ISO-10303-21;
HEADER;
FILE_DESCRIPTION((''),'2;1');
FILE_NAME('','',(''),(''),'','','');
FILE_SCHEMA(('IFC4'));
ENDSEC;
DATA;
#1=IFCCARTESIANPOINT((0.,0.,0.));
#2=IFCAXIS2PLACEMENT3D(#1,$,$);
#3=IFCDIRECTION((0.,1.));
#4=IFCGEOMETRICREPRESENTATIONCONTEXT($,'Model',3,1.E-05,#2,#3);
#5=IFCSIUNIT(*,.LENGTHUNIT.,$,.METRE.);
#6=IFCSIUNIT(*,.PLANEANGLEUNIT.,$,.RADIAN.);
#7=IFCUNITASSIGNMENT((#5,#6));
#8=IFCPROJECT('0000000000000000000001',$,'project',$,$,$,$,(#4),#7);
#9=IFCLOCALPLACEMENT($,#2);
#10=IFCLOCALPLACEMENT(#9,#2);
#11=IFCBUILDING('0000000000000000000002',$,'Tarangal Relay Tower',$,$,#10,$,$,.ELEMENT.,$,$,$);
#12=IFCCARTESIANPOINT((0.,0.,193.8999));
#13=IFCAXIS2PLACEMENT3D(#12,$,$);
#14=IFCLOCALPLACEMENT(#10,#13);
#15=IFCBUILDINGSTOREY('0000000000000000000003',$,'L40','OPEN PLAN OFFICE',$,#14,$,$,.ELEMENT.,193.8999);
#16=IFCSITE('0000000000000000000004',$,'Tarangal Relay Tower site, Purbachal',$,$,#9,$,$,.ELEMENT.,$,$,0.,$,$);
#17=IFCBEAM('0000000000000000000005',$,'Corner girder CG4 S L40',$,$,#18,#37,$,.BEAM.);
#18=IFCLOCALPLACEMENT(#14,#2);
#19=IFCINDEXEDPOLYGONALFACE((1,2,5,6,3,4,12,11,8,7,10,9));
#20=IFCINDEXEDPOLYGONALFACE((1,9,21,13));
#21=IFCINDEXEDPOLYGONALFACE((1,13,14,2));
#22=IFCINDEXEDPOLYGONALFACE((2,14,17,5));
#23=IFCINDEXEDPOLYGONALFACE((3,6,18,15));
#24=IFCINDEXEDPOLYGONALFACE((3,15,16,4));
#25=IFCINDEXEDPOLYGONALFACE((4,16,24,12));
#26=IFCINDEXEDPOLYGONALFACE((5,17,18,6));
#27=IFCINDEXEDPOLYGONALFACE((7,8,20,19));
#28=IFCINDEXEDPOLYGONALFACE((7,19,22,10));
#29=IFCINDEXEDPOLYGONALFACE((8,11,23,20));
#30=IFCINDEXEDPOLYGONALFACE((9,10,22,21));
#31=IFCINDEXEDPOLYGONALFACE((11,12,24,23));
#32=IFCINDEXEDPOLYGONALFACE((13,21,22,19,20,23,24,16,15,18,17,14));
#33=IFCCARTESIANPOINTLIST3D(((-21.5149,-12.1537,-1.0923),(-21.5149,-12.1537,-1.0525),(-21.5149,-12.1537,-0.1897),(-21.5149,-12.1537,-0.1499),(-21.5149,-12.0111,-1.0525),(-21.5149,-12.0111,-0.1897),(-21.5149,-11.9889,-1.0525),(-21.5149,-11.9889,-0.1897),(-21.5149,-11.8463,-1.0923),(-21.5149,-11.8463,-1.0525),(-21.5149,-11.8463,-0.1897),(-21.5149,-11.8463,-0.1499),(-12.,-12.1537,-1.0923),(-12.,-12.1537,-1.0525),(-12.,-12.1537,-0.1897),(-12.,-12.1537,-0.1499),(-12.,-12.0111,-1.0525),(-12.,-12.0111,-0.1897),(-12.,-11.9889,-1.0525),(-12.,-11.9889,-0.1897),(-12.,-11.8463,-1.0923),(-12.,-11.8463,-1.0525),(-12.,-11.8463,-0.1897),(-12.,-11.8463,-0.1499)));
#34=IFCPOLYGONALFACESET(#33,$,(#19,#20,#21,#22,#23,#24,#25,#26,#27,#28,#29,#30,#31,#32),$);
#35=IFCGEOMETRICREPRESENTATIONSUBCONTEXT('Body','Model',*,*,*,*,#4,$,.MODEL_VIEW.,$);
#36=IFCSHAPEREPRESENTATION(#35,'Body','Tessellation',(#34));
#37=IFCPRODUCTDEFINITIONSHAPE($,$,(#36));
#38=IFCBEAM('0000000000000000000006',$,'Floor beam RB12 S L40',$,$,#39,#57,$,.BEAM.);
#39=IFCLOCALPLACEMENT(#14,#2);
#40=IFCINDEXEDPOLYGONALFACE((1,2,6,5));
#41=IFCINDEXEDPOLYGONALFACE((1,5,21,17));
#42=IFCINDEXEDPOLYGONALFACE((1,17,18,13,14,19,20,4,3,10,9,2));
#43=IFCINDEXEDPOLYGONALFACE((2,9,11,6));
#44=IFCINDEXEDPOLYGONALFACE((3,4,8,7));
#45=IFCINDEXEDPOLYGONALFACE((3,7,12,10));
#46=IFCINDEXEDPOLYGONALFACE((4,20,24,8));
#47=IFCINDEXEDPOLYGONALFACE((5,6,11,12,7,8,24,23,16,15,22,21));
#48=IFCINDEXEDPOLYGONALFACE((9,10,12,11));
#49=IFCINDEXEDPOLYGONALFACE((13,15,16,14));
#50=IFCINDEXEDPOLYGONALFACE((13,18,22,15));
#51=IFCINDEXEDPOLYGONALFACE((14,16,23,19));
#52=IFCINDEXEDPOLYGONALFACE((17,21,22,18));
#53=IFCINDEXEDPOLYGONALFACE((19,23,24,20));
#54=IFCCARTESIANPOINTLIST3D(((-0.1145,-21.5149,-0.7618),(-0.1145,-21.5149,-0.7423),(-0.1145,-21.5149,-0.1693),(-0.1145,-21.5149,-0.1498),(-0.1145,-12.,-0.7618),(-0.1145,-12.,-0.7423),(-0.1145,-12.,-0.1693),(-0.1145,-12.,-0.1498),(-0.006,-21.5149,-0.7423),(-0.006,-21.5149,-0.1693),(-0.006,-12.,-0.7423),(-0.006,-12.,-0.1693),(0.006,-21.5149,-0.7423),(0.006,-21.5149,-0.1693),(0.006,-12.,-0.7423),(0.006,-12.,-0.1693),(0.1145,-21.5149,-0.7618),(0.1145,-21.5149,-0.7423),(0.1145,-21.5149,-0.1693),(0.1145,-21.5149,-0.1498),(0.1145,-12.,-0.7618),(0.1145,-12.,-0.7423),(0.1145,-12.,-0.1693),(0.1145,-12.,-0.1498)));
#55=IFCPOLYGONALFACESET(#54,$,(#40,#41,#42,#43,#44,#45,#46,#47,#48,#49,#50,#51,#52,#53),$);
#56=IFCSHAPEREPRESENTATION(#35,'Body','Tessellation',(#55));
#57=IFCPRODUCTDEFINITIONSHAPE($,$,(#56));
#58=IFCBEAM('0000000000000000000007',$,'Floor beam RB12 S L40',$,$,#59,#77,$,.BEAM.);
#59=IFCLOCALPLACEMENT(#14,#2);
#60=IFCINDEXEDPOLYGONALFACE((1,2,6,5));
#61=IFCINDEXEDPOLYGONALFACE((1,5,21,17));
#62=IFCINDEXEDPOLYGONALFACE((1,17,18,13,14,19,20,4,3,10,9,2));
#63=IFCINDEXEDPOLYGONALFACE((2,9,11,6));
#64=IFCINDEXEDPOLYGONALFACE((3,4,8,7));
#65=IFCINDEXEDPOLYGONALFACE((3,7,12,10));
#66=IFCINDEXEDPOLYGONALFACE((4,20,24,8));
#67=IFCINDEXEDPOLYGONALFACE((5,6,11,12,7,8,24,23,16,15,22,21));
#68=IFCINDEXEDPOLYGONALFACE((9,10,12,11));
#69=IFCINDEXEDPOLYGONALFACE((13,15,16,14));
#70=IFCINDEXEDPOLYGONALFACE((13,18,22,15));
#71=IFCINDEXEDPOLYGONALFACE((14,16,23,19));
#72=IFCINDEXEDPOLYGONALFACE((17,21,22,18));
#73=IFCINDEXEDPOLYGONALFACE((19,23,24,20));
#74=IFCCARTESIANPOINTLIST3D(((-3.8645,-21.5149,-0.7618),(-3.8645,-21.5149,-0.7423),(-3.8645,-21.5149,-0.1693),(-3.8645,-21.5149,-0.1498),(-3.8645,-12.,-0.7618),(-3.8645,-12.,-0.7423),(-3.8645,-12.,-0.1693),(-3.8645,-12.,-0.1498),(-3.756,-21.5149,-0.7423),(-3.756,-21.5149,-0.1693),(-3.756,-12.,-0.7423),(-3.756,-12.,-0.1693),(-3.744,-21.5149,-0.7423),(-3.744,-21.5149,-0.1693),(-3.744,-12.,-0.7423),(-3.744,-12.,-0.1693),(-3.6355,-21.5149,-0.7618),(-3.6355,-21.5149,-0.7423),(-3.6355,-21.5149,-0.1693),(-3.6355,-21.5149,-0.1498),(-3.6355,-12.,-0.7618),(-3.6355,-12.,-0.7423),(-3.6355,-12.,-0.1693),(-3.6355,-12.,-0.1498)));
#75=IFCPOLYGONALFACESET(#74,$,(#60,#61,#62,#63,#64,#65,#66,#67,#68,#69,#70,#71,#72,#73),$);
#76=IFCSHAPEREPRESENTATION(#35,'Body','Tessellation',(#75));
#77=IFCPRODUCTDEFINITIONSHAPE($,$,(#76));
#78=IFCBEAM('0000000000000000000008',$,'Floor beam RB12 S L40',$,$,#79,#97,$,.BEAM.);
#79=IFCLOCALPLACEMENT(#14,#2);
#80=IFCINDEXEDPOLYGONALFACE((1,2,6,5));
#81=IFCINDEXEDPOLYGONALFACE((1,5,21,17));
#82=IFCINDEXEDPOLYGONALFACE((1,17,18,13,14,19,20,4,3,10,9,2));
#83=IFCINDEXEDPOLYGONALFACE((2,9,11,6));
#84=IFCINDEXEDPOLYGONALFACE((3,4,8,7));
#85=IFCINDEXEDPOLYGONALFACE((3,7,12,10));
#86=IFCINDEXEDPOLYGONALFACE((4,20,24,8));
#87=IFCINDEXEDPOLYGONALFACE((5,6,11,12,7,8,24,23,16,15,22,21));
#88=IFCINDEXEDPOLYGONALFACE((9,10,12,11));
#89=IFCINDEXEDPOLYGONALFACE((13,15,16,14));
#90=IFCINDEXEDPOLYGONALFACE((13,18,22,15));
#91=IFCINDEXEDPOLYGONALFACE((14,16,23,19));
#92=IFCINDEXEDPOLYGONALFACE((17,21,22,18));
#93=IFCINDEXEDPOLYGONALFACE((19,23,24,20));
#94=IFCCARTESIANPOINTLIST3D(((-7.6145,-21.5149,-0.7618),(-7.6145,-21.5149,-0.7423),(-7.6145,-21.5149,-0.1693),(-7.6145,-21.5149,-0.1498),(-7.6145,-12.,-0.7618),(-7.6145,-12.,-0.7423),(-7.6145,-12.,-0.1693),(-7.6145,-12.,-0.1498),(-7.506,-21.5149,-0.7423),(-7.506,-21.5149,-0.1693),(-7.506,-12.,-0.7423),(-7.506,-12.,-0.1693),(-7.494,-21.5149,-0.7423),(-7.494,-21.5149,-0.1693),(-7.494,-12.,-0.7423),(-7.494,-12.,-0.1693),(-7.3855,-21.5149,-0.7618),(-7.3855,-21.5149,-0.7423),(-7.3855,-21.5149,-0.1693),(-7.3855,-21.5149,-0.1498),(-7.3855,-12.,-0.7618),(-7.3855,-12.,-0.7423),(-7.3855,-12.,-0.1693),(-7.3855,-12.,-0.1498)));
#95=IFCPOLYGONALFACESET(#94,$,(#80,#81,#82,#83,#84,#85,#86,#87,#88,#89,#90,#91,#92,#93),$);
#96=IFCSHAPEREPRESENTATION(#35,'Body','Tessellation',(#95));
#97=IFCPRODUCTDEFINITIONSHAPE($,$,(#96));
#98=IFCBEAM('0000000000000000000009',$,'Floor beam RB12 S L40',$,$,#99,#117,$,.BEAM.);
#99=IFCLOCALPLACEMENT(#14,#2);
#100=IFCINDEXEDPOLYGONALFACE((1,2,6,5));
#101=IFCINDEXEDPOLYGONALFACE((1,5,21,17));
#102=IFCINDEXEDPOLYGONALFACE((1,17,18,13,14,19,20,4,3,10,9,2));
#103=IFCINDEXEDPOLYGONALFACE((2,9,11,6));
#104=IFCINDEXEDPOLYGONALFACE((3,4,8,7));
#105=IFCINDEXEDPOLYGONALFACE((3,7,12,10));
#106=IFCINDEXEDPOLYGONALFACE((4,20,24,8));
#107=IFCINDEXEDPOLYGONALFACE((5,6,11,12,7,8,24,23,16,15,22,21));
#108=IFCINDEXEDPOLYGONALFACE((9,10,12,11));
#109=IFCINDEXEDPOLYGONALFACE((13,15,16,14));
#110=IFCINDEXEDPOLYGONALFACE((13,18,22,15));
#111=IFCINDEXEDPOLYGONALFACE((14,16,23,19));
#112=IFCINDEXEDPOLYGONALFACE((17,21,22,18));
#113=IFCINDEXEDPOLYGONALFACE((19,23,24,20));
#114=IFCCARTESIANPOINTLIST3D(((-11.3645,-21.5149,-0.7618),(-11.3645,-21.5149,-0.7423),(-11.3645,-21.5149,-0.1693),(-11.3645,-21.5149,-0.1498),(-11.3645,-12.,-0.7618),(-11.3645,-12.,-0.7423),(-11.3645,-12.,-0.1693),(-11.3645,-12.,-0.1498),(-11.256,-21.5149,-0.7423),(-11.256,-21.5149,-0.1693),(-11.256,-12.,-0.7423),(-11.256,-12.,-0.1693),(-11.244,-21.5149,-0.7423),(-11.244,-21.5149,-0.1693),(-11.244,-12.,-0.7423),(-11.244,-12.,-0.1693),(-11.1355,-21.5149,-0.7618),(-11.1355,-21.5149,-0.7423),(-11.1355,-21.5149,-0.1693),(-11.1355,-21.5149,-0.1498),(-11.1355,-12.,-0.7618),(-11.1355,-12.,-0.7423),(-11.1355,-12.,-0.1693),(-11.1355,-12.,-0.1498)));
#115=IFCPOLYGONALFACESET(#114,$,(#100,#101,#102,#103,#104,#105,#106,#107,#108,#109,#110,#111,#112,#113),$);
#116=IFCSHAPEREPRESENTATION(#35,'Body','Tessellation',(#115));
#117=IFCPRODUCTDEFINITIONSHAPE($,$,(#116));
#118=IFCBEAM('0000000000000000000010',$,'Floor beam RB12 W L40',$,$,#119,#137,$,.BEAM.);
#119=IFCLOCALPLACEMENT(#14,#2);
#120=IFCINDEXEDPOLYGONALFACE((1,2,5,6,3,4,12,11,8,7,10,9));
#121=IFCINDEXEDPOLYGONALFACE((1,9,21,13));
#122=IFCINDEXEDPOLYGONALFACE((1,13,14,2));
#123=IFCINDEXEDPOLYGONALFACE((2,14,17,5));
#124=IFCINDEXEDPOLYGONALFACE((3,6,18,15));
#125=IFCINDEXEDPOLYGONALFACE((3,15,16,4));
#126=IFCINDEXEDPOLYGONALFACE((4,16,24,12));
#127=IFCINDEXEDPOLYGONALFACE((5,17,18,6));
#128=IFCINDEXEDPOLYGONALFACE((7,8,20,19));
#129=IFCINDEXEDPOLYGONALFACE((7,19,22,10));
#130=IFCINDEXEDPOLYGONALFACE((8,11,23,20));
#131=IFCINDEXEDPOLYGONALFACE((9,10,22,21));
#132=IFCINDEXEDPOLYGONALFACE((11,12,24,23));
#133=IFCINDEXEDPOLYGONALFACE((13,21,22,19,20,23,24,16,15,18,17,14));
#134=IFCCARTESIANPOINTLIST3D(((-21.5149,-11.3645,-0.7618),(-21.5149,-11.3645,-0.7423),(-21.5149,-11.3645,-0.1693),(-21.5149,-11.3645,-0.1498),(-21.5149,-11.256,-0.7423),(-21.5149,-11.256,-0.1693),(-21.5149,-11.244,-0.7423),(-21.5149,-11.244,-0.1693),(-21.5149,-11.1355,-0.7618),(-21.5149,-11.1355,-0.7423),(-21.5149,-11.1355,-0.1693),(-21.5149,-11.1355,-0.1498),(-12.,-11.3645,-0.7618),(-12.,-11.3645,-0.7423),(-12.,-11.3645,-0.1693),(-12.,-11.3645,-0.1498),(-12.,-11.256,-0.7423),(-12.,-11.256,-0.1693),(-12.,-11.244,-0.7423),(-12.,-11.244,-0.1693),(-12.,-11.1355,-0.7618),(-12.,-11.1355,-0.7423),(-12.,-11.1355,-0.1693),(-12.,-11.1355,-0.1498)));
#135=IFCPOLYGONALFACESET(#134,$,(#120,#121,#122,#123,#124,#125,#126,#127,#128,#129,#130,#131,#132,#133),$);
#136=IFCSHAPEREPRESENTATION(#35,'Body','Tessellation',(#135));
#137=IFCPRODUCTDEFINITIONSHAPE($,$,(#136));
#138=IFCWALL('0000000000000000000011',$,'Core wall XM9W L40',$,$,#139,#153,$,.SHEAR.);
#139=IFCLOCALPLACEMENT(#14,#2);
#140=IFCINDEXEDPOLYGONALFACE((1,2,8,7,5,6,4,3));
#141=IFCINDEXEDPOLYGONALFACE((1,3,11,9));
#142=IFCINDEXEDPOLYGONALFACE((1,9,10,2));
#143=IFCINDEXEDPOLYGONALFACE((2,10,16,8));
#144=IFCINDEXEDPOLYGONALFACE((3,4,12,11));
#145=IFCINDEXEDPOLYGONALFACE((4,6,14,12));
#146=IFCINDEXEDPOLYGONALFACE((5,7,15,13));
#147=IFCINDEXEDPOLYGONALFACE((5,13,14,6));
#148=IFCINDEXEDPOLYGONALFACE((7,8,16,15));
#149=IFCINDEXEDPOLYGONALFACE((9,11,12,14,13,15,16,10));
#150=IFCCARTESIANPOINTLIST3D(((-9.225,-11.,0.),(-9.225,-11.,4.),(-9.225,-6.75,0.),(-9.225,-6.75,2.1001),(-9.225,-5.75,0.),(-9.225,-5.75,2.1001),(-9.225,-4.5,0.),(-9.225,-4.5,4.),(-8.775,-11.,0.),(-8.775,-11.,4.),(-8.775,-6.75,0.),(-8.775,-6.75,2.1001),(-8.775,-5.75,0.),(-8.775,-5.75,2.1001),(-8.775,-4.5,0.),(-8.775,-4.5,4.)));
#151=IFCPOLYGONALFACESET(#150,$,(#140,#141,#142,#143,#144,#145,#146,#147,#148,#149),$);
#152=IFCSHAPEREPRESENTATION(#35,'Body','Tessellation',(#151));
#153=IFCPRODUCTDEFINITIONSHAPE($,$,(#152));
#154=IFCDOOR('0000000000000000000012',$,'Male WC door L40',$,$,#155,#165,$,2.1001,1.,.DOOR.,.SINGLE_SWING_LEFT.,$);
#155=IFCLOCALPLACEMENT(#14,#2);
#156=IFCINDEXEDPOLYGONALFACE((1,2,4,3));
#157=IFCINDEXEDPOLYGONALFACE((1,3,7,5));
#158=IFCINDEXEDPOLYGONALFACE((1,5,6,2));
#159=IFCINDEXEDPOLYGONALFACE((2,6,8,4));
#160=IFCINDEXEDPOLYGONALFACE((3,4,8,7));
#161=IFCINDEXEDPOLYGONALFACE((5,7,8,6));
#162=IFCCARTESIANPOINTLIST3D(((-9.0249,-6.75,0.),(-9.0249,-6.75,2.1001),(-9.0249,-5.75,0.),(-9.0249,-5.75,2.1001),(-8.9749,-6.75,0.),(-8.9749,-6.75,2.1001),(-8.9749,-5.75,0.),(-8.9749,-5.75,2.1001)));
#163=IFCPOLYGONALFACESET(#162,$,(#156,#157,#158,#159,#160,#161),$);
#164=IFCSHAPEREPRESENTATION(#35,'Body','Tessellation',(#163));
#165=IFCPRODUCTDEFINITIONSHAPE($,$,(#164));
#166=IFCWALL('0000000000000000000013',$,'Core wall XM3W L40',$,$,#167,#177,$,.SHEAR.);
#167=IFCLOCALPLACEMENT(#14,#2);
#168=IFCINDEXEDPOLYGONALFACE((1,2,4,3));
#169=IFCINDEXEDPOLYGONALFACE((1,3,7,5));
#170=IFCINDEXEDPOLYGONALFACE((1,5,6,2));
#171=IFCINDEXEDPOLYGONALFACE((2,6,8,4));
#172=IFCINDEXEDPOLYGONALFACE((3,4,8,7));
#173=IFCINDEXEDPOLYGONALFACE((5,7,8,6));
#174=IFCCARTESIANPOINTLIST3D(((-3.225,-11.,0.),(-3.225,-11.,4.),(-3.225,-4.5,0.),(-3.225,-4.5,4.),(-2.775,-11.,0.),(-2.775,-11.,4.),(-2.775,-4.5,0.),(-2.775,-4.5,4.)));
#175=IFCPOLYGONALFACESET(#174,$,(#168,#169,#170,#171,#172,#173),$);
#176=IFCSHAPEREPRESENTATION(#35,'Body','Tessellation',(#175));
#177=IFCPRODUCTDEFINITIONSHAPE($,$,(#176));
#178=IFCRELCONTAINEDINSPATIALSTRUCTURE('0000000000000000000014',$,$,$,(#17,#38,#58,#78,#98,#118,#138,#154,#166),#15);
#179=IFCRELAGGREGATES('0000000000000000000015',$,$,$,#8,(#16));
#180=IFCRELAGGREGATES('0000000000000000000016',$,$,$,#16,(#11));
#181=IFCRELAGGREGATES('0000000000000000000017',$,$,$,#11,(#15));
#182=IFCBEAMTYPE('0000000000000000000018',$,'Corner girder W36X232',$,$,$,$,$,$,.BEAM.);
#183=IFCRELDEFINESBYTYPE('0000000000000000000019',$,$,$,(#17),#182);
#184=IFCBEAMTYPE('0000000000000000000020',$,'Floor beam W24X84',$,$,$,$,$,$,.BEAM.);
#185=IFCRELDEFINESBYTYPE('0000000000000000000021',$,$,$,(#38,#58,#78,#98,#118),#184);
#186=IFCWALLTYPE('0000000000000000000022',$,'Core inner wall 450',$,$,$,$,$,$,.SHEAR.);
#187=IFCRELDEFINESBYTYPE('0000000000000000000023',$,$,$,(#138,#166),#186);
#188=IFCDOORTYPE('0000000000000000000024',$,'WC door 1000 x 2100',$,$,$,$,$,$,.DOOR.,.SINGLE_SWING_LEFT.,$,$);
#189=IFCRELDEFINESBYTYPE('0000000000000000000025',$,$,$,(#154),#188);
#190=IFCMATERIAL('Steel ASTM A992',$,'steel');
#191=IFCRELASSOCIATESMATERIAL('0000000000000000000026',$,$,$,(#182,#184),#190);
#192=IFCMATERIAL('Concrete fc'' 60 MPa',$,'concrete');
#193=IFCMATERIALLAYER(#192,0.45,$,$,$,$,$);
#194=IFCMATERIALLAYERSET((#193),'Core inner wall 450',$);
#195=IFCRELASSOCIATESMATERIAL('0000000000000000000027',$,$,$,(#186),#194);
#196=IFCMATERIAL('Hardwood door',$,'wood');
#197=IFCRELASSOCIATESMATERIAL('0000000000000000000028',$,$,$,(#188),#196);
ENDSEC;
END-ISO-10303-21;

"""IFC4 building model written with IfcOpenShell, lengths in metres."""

from ifc_helpers import new_model, si_unit, direction, frame, frame_2d, origin, origin_2d, place, context, subcontext, project, spatial, rectangle, i_section, extrude, material, layer, layer_set, material_profile, profile_set, type_object, element, fill, save


model = new_model("IFC4")

# Units and contexts
model_context = context("Model", 3, precision=1e-05, world=origin(), true_north=direction((0.0, 1.0)))
body_context = subcontext(model_context, "Body", "Model", "MODEL_VIEW")
ifc_project = project(units=[si_unit("LENGTHUNIT", "METRE"), si_unit("PLANEANGLEUNIT", "RADIAN")], contexts=[model_context])

# Site, building, storey
site_placement = place(None, origin())
site = spatial("IfcSite", under=ifc_project, at=site_placement, Name="Tarangal Relay Tower site, Purbachal", CompositionType="ELEMENT", RefElevation=0.0)
building_placement = place(site_placement, origin())
building = spatial("IfcBuilding", under=site, at=building_placement, Name="Tarangal Relay Tower", CompositionType="ELEMENT")
storey_placement = place(building_placement, frame((0.0, 0.0, 193.8999)))
storey = spatial("IfcBuildingStorey", under=building, at=storey_placement, Name="L40", Description="OPEN PLAN OFFICE", CompositionType="ELEMENT", Elevation=193.8999)

# Beams
ifc_material_1 = material(Name="Steel ASTM A992", Category="steel")
ifc_material_profile_1 = material_profile(ifc_material_1, i_section(OverallWidth=0.3074, OverallDepth=0.9424, WebThickness=0.0222, FlangeThickness=0.0398, at=origin_2d()), Name="W36X232")
ifc_profile_set_1 = profile_set([ifc_material_profile_1], Name="Steel ASTM A992")
beam_type_1 = type_object("IfcBeamType", Name="Corner girder W36X232", PredefinedType="BEAM", material=ifc_profile_set_1)
beam_placement = place(storey_placement, frame((-12.0, -12.0, -0.6211), z_axis=(-1.0, 0.0, 0.0), x_axis=(0.0, -1.0, 0.0)))
element("IfcBeam", 1, at=beam_placement, inside=storey, type_object=beam_type_1, Name="Corner girder CG4 S L40", PredefinedType="BEAM", context=body_context, shape_type="SweptSolid", body=[
    extrude(i_section(OverallWidth=0.3074, OverallDepth=0.9424, WebThickness=0.0222, FlangeThickness=0.0398, at=origin_2d()), origin(), (0.0, 0.0, 1.0), 9.5149),
])
ifc_material_profile_2 = material_profile(ifc_material_1, i_section(OverallWidth=0.229, OverallDepth=0.6121, WebThickness=0.012, FlangeThickness=0.0195, at=origin_2d()), Name="W24X84")
ifc_profile_set_2 = profile_set([ifc_material_profile_2], Name="Steel ASTM A992")
beam_type_2 = type_object("IfcBeamType", Name="Floor beam W24X84", PredefinedType="BEAM", material=ifc_profile_set_2)
for number, where, z_axis, x_axis, name in (
    (2, (0.0, -12.0, -0.4558), (0.0, -1.0, 0.0), (1.0, 0.0, 0.0), "Floor beam RB12 S L40"),
    (3, (-3.75, -12.0, -0.4558), (0.0, -1.0, 0.0), (1.0, 0.0, 0.0), "Floor beam RB12 S L40"),
    (4, (-7.5, -12.0, -0.4558), (0.0, -1.0, 0.0), (1.0, 0.0, 0.0), "Floor beam RB12 S L40"),
    (5, (-11.25, -12.0, -0.4558), (0.0, -1.0, 0.0), (1.0, 0.0, 0.0), "Floor beam RB12 S L40"),
    (6, (-12.0, -11.25, -0.4558), (-1.0, 0.0, 0.0), (0.0, -1.0, 0.0), "Floor beam RB12 W L40"),
):
    element("IfcBeam", number, at=place(storey_placement, frame(where, z_axis=z_axis, x_axis=x_axis)), inside=storey, type_object=beam_type_2, Name=name, PredefinedType="BEAM", context=body_context, shape_type="SweptSolid", body=[
        extrude(i_section(OverallWidth=0.229, OverallDepth=0.6121, WebThickness=0.012, FlangeThickness=0.0195, at=origin_2d()), origin(), (0.0, 0.0, 1.0), 9.5149),
    ])

# Wall, opening, door
ifc_material_2 = material(Name="Concrete fc' 60 MPa", Category="concrete")
ifc_layer_1 = layer(ifc_material_2, 0.45)
ifc_layer_set_1 = layer_set([ifc_layer_1], Name="Core inner wall 450")
wall_type_1 = type_object("IfcWallType", Name="Core inner wall 450", PredefinedType="SHEAR", material=ifc_layer_set_1)
wall_1_placement = place(storey_placement, frame((-9.0, -11.0, 0.0), z_axis=(0.0, 0.0, 1.0), x_axis=(0.0, 1.0, 0.0)))
wall_1 = element("IfcWall", 7, at=wall_1_placement, inside=storey, type_object=wall_type_1, Name="Core wall XM9W L40", PredefinedType="SHEAR", context=body_context, shape_type="SweptSolid", body=[
    extrude(rectangle(XDim=6.5, YDim=0.45, at=frame_2d((3.25, 0.0))), origin(), (0.0, 0.0, 1.0), 4.0),
])
opening_1_placement = place(wall_1_placement, frame((4.25, 0.0, 0.0)))
opening_1 = element("IfcOpeningElement", 8, at=opening_1_placement, cuts=wall_1, PredefinedType="OPENING", context=body_context, shape_type="SweptSolid", body=[
    extrude(rectangle(XDim=1.0, YDim=2.1001, at=frame_2d((0.5, 1.05))), frame((0.0, 0.2349, 0.0), z_axis=(0.0, -1.0, 0.0), x_axis=(1.0, 0.0, 0.0)), (0.0, 0.0, 1.0), 0.47),
])
ifc_material_3 = material(Name="Hardwood door", Category="wood")
door_type_1 = type_object("IfcDoorType", Name="WC door 1000 x 2100", OperationType="SINGLE_SWING_LEFT", PredefinedType="DOOR", material=ifc_material_3)
door_1_placement = place(opening_1_placement, origin())
door_1 = element("IfcDoor", 9, at=door_1_placement, inside=storey, type_object=door_type_1, Name="Male WC door L40", OperationType="SINGLE_SWING_LEFT", OverallHeight=2.1001, OverallWidth=1.0, PredefinedType="DOOR", context=body_context, shape_type="SweptSolid", body=[
    extrude(rectangle(XDim=1.0, YDim=2.1001, at=frame_2d((0.5, 1.05))), frame((0.0, 0.0249, 0.0), z_axis=(0.0, -1.0, 0.0), x_axis=(1.0, 0.0, 0.0)), (0.0, 0.0, 1.0), 0.05),
])
fill(opening_1, door_1)

# Wall
wall_2_placement = place(storey_placement, frame((-3.0, -11.0, 0.0), z_axis=(0.0, 0.0, 1.0), x_axis=(0.0, 1.0, 0.0)))
element("IfcWall", 10, at=wall_2_placement, inside=storey, type_object=wall_type_1, Name="Core wall XM3W L40", PredefinedType="SHEAR", context=body_context, shape_type="SweptSolid", body=[
    extrude(rectangle(XDim=6.5, YDim=0.45, at=frame_2d((3.25, 0.0))), origin(), (0.0, 0.0, 1.0), 4.0),
])

save(model, "model.ifc")
